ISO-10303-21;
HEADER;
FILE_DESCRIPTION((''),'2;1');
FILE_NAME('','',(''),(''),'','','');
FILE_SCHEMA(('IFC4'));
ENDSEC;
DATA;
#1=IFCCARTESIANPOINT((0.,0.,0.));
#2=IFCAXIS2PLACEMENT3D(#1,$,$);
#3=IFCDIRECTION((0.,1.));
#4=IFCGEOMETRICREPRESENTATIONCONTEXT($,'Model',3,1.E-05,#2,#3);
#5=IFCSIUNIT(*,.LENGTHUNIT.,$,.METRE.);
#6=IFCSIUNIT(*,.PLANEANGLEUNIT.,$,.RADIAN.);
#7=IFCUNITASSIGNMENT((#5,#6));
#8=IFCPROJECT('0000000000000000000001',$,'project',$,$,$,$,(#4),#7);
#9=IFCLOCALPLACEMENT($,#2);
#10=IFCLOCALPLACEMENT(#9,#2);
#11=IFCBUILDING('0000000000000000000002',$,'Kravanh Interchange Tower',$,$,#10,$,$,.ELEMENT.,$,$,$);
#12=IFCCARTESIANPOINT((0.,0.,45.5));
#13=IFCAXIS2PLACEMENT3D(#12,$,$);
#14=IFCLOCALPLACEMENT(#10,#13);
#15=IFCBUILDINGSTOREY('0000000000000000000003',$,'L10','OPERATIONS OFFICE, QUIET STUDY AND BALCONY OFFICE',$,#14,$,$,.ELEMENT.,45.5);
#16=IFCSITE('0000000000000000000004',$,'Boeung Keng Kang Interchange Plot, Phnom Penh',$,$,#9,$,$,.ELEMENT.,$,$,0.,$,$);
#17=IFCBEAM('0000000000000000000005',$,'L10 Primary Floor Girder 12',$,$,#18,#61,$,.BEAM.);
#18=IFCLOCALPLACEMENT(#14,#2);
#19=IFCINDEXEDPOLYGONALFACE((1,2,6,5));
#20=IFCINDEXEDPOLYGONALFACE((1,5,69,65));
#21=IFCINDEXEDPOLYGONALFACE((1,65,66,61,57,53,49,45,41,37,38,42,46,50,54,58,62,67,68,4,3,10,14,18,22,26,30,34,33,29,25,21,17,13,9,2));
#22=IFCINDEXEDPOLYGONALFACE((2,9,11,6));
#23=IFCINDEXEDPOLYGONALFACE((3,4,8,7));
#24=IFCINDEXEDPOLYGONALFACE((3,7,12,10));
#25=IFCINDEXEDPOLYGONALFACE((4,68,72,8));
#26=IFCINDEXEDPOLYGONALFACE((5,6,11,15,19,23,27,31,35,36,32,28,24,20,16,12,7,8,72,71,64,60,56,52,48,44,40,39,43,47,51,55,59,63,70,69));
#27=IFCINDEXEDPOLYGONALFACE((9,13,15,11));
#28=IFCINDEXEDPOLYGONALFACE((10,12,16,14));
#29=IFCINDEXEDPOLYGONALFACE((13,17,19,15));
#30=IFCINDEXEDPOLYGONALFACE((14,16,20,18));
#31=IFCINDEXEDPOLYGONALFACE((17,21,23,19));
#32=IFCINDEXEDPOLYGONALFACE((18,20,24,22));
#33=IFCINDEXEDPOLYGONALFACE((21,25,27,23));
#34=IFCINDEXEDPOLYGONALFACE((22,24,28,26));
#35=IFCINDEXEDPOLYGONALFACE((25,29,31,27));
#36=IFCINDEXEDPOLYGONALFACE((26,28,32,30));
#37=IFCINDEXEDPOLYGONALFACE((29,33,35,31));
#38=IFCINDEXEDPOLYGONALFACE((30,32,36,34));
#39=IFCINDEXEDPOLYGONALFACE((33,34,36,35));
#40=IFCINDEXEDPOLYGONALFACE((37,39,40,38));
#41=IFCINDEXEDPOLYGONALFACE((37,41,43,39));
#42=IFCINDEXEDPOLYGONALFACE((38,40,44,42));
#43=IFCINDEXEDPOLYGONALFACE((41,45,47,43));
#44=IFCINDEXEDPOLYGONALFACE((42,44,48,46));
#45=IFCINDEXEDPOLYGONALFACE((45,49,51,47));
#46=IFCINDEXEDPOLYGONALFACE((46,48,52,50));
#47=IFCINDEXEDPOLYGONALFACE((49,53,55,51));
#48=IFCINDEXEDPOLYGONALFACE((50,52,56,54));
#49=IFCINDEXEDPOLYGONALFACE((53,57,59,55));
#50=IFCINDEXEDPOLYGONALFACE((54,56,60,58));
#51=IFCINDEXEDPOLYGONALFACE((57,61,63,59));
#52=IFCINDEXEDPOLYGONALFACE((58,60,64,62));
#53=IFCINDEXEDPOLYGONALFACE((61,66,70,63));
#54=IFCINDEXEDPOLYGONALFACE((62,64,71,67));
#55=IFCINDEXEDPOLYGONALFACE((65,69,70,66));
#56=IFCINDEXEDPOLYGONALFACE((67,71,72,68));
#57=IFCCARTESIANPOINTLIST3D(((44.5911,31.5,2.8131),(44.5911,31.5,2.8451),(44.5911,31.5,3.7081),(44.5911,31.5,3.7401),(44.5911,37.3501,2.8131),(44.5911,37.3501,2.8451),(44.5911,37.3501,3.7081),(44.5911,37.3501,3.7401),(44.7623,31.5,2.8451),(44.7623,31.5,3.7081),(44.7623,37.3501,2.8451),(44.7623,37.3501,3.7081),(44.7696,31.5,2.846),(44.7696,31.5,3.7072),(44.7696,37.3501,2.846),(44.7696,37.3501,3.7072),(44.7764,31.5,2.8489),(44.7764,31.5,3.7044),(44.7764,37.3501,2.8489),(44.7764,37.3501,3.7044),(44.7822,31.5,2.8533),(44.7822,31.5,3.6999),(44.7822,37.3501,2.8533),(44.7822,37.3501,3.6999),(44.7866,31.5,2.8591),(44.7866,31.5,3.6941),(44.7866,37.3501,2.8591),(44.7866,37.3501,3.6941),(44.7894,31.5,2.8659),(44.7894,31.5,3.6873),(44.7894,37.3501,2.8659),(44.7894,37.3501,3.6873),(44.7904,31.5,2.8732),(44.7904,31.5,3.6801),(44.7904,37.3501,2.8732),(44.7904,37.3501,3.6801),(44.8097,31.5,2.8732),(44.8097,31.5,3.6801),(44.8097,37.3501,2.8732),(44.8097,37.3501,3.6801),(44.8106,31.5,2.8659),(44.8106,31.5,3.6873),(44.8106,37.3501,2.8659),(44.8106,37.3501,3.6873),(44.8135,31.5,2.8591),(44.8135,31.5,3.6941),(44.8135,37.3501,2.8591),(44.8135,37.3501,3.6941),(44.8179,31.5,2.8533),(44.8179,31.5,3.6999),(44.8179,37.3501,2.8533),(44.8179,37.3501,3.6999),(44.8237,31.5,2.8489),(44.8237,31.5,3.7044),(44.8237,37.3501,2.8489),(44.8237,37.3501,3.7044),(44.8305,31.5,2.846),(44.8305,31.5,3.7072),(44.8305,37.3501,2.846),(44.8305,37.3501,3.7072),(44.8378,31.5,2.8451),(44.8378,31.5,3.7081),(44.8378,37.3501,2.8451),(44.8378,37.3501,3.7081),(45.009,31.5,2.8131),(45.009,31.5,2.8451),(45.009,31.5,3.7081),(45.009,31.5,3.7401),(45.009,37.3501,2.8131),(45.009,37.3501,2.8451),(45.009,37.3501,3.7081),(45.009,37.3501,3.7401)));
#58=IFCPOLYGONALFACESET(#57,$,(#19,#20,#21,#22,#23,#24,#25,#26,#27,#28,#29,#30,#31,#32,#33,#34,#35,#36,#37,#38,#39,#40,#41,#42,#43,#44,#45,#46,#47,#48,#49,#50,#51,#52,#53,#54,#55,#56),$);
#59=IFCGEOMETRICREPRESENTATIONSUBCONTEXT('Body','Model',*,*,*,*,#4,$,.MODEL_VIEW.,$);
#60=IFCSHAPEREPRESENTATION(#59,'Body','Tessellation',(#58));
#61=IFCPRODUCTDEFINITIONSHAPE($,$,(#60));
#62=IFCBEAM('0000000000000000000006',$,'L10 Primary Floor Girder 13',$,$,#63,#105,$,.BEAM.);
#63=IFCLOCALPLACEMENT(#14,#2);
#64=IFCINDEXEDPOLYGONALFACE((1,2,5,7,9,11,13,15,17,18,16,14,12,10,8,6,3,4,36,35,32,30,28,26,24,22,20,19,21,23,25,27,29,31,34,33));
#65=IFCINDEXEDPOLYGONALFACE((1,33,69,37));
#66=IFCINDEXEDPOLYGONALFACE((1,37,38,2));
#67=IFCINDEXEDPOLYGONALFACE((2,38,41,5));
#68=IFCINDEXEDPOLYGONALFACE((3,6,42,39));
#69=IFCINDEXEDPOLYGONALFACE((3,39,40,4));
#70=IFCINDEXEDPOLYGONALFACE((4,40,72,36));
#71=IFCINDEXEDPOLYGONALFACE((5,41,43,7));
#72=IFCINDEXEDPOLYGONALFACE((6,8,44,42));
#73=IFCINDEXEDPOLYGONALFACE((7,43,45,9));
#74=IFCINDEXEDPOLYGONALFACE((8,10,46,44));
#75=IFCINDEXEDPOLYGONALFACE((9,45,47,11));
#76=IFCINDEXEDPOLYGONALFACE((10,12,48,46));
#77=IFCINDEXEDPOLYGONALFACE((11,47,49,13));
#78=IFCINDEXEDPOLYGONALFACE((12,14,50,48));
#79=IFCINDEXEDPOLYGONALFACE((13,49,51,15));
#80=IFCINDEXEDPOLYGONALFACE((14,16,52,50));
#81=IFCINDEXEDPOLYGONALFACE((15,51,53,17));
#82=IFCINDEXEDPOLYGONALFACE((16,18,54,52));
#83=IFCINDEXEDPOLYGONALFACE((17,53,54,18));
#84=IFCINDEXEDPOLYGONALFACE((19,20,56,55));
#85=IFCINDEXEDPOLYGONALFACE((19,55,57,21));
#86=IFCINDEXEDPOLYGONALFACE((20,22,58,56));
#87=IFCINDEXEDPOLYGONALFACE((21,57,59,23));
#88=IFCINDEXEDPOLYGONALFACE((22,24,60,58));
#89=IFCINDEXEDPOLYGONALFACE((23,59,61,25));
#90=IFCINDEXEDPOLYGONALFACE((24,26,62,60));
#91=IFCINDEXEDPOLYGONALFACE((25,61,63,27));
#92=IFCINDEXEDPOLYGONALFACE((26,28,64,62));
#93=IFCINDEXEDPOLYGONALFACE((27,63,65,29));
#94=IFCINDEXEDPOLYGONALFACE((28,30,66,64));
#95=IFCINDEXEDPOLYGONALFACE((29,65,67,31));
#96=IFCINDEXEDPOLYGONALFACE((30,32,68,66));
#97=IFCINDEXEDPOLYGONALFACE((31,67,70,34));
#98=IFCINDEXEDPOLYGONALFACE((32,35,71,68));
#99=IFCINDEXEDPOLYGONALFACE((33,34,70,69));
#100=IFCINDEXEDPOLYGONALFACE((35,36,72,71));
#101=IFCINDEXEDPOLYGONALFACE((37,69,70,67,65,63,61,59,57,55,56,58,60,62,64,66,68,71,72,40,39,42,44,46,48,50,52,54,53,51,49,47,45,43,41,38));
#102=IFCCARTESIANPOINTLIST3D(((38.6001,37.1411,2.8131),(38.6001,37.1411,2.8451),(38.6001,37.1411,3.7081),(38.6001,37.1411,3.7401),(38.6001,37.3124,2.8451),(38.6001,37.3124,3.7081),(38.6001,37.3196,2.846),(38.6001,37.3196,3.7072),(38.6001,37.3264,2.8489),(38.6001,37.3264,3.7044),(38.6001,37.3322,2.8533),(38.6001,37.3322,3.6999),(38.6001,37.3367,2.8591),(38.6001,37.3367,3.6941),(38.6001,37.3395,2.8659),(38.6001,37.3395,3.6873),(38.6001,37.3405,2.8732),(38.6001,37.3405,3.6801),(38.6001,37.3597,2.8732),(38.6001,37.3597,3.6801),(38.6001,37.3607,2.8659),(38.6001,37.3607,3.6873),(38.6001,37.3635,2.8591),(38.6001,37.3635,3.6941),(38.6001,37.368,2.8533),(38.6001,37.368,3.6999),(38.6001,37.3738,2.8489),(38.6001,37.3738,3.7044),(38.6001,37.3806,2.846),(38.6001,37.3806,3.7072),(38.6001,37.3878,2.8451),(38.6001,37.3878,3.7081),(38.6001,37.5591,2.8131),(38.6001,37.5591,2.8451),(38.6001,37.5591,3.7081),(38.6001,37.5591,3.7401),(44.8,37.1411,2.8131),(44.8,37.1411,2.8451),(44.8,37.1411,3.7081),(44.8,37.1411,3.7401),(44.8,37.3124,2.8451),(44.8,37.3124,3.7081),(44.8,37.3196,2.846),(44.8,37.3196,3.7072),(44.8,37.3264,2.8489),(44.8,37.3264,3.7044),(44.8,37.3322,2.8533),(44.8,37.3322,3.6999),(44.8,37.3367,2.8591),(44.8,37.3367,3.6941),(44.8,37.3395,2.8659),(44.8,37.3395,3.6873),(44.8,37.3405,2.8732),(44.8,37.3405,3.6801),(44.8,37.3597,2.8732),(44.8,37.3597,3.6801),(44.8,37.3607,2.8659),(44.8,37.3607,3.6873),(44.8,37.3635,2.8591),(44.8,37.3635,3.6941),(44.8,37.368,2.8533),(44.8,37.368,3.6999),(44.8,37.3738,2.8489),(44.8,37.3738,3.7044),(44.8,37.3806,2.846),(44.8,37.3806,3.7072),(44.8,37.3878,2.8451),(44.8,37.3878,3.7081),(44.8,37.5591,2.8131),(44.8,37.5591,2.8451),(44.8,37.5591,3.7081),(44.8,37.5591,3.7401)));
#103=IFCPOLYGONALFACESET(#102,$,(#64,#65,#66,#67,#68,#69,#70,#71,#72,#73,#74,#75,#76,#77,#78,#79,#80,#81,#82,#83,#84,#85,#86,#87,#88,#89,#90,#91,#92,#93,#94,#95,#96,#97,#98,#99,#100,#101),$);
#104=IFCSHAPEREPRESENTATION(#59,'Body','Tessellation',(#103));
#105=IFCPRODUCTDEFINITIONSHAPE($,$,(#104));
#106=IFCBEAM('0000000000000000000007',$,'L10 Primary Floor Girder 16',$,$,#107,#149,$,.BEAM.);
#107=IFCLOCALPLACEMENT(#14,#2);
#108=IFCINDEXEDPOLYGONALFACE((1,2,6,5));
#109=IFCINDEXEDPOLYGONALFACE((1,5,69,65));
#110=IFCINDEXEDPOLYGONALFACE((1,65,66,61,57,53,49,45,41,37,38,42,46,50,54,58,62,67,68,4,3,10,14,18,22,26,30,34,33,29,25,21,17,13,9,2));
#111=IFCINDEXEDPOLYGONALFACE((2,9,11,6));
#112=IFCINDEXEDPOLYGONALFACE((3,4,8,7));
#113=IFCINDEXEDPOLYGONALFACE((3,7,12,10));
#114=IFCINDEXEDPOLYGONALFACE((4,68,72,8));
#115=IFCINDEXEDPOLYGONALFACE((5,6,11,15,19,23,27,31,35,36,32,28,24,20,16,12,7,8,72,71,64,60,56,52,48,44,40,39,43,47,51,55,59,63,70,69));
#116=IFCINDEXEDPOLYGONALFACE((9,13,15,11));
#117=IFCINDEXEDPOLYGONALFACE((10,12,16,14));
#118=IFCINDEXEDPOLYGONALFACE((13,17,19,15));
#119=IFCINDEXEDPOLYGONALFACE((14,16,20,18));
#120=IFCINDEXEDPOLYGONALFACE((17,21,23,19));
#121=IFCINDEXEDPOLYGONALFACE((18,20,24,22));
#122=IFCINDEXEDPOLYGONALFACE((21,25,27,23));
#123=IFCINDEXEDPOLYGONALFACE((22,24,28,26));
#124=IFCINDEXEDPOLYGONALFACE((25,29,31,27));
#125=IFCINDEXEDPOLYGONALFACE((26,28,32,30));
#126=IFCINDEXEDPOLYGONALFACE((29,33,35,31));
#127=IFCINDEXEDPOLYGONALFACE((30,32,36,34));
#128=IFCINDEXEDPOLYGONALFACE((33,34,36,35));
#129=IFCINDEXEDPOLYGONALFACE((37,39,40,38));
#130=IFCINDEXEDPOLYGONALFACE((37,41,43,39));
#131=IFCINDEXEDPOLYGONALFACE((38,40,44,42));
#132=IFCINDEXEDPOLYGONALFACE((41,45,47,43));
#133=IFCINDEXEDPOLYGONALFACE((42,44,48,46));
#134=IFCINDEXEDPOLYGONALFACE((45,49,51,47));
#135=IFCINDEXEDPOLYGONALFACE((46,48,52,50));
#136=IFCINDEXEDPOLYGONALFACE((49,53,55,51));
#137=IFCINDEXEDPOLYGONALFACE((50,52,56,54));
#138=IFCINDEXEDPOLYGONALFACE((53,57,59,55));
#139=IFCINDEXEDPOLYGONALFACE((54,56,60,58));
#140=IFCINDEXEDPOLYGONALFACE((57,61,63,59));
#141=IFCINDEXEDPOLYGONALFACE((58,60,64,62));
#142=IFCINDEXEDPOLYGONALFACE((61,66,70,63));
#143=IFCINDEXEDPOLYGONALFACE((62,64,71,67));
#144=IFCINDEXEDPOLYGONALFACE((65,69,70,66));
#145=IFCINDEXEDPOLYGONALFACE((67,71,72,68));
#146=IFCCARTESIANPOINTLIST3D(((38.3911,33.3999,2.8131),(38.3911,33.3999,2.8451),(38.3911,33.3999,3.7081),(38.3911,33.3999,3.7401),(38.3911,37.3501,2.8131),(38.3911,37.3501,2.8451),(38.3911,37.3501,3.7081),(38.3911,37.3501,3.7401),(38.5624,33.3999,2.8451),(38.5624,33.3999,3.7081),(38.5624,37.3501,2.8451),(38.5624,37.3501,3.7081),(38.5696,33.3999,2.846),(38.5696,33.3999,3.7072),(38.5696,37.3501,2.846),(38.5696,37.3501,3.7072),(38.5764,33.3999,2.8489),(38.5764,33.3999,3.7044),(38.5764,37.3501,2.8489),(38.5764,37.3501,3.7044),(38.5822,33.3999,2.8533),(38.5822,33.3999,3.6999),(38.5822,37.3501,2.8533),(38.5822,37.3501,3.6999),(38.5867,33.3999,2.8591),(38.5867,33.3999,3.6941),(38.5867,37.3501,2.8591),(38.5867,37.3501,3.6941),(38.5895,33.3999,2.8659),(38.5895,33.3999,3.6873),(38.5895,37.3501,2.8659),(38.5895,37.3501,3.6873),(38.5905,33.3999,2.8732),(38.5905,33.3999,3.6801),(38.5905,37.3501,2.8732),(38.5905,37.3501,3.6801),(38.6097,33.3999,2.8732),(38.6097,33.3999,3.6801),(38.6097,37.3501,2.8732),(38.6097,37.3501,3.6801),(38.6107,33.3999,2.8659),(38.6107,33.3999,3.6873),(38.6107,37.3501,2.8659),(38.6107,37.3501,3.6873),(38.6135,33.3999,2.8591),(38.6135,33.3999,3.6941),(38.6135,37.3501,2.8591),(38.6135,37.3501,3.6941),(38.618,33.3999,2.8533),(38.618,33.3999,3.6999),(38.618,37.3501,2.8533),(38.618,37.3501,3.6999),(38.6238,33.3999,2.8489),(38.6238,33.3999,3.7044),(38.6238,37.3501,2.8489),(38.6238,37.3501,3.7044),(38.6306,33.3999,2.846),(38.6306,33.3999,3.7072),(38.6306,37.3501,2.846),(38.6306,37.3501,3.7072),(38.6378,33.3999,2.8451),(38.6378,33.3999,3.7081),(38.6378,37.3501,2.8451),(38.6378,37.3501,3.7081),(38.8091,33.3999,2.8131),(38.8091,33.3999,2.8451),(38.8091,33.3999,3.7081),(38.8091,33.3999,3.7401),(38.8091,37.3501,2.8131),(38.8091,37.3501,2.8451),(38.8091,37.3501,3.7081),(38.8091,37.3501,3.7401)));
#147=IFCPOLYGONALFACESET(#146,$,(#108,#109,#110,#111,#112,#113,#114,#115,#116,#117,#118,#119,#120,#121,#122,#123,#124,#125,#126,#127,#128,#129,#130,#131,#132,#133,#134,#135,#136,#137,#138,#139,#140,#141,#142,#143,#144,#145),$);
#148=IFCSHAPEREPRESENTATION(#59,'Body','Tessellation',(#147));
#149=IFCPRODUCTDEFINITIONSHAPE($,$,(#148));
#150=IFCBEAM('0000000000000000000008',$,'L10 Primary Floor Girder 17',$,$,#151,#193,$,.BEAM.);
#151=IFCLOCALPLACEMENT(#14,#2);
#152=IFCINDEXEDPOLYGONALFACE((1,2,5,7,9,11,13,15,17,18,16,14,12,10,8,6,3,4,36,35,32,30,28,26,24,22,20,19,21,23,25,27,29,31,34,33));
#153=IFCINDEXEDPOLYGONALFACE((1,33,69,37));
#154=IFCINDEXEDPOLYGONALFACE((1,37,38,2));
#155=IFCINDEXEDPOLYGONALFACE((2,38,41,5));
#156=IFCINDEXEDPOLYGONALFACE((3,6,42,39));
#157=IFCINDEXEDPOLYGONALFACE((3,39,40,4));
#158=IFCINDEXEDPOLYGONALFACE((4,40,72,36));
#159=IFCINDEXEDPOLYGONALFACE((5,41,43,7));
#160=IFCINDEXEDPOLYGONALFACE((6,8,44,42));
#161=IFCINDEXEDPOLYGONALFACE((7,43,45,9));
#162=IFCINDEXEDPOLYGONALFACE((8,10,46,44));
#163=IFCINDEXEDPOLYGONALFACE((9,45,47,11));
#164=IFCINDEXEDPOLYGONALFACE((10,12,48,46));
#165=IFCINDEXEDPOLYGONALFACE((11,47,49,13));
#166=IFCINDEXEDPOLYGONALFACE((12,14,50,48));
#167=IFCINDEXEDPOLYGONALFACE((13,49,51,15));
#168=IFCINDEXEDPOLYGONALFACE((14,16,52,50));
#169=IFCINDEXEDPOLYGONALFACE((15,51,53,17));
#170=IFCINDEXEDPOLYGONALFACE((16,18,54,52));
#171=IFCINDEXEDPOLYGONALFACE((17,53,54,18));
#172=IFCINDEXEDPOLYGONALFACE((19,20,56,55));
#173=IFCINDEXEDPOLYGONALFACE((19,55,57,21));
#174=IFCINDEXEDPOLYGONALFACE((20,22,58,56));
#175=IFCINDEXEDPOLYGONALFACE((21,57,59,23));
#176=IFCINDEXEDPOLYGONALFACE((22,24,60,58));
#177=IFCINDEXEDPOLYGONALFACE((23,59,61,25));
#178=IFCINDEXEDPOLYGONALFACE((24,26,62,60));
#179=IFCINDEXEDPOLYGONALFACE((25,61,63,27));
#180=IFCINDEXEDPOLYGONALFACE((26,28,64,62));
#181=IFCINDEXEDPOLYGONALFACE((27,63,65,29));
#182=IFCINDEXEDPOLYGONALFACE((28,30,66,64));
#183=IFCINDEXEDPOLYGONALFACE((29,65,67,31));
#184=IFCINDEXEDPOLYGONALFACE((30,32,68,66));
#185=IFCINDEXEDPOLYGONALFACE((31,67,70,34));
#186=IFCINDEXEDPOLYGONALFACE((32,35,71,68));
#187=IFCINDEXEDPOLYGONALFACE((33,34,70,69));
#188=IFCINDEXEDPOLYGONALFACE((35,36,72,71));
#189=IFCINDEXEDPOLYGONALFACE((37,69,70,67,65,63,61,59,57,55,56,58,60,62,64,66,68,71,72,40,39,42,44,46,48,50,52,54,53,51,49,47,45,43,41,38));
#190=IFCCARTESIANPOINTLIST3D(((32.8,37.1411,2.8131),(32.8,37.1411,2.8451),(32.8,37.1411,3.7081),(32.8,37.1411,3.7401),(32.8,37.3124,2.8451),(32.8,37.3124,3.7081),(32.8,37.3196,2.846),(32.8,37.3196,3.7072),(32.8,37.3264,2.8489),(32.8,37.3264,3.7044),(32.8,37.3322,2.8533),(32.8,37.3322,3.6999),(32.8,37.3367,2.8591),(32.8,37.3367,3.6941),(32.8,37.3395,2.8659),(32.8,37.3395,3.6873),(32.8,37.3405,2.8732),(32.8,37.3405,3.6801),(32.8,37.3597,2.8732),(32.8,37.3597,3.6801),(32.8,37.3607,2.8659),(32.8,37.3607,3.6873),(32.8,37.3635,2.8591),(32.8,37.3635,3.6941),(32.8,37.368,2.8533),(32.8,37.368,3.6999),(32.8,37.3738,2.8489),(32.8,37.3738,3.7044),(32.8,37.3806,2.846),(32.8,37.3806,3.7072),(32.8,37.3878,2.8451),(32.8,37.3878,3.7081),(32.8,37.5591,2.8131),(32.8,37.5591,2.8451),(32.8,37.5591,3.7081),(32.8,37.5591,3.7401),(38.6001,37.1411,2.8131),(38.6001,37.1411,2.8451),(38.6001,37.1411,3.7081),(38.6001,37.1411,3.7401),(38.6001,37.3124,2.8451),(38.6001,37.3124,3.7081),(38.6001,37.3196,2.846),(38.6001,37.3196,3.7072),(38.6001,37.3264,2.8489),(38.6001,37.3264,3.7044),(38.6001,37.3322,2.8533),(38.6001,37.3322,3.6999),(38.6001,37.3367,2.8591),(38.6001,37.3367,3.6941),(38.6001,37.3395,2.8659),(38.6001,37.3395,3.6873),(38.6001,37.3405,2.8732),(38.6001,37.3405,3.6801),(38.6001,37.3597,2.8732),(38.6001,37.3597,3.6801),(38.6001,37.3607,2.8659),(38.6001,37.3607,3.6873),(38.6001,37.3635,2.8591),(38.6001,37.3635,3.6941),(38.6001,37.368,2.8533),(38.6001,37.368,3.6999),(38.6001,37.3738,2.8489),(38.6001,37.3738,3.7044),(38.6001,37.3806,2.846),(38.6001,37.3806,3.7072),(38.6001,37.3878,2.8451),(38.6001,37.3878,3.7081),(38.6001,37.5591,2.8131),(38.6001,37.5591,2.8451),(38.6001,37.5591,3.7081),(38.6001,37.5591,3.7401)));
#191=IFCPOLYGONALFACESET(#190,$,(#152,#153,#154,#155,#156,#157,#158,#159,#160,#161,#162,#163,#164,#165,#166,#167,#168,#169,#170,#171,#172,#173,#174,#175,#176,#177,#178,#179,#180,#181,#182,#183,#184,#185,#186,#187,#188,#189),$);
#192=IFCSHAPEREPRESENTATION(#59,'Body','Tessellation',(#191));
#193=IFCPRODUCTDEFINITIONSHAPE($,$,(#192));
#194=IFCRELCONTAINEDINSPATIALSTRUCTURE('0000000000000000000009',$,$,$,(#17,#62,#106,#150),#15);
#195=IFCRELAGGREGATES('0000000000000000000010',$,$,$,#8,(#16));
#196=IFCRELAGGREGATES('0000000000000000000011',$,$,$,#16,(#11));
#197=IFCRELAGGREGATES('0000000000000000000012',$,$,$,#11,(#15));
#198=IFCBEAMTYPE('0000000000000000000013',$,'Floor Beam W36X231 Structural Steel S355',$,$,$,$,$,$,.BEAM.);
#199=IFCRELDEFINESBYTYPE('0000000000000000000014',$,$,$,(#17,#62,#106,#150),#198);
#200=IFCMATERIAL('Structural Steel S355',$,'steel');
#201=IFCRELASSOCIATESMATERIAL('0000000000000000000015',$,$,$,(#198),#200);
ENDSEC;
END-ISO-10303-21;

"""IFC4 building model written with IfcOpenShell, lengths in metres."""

from ifc_helpers import new_model, si_unit, direction, frame, origin, origin_2d, place, context, subcontext, project, spatial, i_section, extrude, material, material_profile, profile_set, type_object, element, save


model = new_model("IFC4")

# Units and contexts
model_context = context("Model", 3, precision=1e-05, world=origin(), true_north=direction((0.0, 1.0)))
body_context = subcontext(model_context, "Body", "Model", "MODEL_VIEW")
ifc_project = project(units=[si_unit("LENGTHUNIT", "METRE"), si_unit("PLANEANGLEUNIT", "RADIAN")], contexts=[model_context])

# Site, building, storey
site_placement = place(None, origin())
site = spatial("IfcSite", under=ifc_project, at=site_placement, Name="Boeung Keng Kang Interchange Plot, Phnom Penh", CompositionType="ELEMENT", RefElevation=0.0)
building_placement = place(site_placement, origin())
building = spatial("IfcBuilding", under=site, at=building_placement, Name="Kravanh Interchange Tower", CompositionType="ELEMENT")
storey_placement = place(building_placement, frame((0.0, 0.0, 45.5)))
storey = spatial("IfcBuildingStorey", under=building, at=storey_placement, Name="L10", Description="OPERATIONS OFFICE, QUIET STUDY AND BALCONY OFFICE", CompositionType="ELEMENT", Elevation=45.5)

# Beams
ifc_material_1 = material(Name="Structural Steel S355", Category="steel")
ifc_material_profile_1 = material_profile(ifc_material_1, i_section(OverallWidth=0.418, OverallDepth=0.927, WebThickness=0.0193, FlangeThickness=0.032, FilletRadius=0.0281, at=origin_2d()), Name="W36X231")
ifc_profile_set_1 = profile_set([ifc_material_profile_1], Name="Structural Steel S355")
beam_type_1 = type_object("IfcBeamType", Name="Floor Beam W36X231 Structural Steel S355", PredefinedType="BEAM", material=ifc_profile_set_1)
beam_1_placement = place(storey_placement, frame((44.8, 37.3501, 3.2766), z_axis=(0.0, -1.0, 0.0), x_axis=(1.0, 0.0, 0.0)))
element("IfcBeam", 1, at=beam_1_placement, inside=storey, type_object=beam_type_1, Name="L10 Primary Floor Girder 12", PredefinedType="BEAM", context=body_context, shape_type="SweptSolid", body=[
    extrude(i_section(OverallWidth=0.418, OverallDepth=0.927, WebThickness=0.0193, FlangeThickness=0.032, FilletRadius=0.0281, at=origin_2d()), origin(), (0.0, 0.0, 1.0), 5.8501),
])
beam_2_placement = place(storey_placement, frame((44.8, 37.3501, 3.2766), z_axis=(-1.0, 0.0, 0.0), x_axis=(0.0, -1.0, 0.0)))
element("IfcBeam", 2, at=beam_2_placement, inside=storey, type_object=beam_type_1, Name="L10 Primary Floor Girder 13", PredefinedType="BEAM", context=body_context, shape_type="SweptSolid", body=[
    extrude(i_section(OverallWidth=0.418, OverallDepth=0.927, WebThickness=0.0193, FlangeThickness=0.032, FilletRadius=0.0281, at=origin_2d()), origin(), (0.0, 0.0, 1.0), 6.2),
])
beam_3_placement = place(storey_placement, frame((38.6001, 37.3501, 3.2766), z_axis=(0.0, -1.0, 0.0), x_axis=(1.0, 0.0, 0.0)))
element("IfcBeam", 3, at=beam_3_placement, inside=storey, type_object=beam_type_1, Name="L10 Primary Floor Girder 16", PredefinedType="BEAM", context=body_context, shape_type="SweptSolid", body=[
    extrude(i_section(OverallWidth=0.418, OverallDepth=0.927, WebThickness=0.0193, FlangeThickness=0.032, FilletRadius=0.0281, at=origin_2d()), origin(), (0.0, 0.0, 1.0), 3.9502),
])
beam_4_placement = place(storey_placement, frame((38.6001, 37.3501, 3.2766), z_axis=(-1.0, 0.0, 0.0), x_axis=(0.0, -1.0, 0.0)))
element("IfcBeam", 4, at=beam_4_placement, inside=storey, type_object=beam_type_1, Name="L10 Primary Floor Girder 17", PredefinedType="BEAM", context=body_context, shape_type="SweptSolid", body=[
    extrude(i_section(OverallWidth=0.418, OverallDepth=0.927, WebThickness=0.0193, FlangeThickness=0.032, FilletRadius=0.0281, at=origin_2d()), origin(), (0.0, 0.0, 1.0), 5.8),
])

save(model, "model.ifc")
